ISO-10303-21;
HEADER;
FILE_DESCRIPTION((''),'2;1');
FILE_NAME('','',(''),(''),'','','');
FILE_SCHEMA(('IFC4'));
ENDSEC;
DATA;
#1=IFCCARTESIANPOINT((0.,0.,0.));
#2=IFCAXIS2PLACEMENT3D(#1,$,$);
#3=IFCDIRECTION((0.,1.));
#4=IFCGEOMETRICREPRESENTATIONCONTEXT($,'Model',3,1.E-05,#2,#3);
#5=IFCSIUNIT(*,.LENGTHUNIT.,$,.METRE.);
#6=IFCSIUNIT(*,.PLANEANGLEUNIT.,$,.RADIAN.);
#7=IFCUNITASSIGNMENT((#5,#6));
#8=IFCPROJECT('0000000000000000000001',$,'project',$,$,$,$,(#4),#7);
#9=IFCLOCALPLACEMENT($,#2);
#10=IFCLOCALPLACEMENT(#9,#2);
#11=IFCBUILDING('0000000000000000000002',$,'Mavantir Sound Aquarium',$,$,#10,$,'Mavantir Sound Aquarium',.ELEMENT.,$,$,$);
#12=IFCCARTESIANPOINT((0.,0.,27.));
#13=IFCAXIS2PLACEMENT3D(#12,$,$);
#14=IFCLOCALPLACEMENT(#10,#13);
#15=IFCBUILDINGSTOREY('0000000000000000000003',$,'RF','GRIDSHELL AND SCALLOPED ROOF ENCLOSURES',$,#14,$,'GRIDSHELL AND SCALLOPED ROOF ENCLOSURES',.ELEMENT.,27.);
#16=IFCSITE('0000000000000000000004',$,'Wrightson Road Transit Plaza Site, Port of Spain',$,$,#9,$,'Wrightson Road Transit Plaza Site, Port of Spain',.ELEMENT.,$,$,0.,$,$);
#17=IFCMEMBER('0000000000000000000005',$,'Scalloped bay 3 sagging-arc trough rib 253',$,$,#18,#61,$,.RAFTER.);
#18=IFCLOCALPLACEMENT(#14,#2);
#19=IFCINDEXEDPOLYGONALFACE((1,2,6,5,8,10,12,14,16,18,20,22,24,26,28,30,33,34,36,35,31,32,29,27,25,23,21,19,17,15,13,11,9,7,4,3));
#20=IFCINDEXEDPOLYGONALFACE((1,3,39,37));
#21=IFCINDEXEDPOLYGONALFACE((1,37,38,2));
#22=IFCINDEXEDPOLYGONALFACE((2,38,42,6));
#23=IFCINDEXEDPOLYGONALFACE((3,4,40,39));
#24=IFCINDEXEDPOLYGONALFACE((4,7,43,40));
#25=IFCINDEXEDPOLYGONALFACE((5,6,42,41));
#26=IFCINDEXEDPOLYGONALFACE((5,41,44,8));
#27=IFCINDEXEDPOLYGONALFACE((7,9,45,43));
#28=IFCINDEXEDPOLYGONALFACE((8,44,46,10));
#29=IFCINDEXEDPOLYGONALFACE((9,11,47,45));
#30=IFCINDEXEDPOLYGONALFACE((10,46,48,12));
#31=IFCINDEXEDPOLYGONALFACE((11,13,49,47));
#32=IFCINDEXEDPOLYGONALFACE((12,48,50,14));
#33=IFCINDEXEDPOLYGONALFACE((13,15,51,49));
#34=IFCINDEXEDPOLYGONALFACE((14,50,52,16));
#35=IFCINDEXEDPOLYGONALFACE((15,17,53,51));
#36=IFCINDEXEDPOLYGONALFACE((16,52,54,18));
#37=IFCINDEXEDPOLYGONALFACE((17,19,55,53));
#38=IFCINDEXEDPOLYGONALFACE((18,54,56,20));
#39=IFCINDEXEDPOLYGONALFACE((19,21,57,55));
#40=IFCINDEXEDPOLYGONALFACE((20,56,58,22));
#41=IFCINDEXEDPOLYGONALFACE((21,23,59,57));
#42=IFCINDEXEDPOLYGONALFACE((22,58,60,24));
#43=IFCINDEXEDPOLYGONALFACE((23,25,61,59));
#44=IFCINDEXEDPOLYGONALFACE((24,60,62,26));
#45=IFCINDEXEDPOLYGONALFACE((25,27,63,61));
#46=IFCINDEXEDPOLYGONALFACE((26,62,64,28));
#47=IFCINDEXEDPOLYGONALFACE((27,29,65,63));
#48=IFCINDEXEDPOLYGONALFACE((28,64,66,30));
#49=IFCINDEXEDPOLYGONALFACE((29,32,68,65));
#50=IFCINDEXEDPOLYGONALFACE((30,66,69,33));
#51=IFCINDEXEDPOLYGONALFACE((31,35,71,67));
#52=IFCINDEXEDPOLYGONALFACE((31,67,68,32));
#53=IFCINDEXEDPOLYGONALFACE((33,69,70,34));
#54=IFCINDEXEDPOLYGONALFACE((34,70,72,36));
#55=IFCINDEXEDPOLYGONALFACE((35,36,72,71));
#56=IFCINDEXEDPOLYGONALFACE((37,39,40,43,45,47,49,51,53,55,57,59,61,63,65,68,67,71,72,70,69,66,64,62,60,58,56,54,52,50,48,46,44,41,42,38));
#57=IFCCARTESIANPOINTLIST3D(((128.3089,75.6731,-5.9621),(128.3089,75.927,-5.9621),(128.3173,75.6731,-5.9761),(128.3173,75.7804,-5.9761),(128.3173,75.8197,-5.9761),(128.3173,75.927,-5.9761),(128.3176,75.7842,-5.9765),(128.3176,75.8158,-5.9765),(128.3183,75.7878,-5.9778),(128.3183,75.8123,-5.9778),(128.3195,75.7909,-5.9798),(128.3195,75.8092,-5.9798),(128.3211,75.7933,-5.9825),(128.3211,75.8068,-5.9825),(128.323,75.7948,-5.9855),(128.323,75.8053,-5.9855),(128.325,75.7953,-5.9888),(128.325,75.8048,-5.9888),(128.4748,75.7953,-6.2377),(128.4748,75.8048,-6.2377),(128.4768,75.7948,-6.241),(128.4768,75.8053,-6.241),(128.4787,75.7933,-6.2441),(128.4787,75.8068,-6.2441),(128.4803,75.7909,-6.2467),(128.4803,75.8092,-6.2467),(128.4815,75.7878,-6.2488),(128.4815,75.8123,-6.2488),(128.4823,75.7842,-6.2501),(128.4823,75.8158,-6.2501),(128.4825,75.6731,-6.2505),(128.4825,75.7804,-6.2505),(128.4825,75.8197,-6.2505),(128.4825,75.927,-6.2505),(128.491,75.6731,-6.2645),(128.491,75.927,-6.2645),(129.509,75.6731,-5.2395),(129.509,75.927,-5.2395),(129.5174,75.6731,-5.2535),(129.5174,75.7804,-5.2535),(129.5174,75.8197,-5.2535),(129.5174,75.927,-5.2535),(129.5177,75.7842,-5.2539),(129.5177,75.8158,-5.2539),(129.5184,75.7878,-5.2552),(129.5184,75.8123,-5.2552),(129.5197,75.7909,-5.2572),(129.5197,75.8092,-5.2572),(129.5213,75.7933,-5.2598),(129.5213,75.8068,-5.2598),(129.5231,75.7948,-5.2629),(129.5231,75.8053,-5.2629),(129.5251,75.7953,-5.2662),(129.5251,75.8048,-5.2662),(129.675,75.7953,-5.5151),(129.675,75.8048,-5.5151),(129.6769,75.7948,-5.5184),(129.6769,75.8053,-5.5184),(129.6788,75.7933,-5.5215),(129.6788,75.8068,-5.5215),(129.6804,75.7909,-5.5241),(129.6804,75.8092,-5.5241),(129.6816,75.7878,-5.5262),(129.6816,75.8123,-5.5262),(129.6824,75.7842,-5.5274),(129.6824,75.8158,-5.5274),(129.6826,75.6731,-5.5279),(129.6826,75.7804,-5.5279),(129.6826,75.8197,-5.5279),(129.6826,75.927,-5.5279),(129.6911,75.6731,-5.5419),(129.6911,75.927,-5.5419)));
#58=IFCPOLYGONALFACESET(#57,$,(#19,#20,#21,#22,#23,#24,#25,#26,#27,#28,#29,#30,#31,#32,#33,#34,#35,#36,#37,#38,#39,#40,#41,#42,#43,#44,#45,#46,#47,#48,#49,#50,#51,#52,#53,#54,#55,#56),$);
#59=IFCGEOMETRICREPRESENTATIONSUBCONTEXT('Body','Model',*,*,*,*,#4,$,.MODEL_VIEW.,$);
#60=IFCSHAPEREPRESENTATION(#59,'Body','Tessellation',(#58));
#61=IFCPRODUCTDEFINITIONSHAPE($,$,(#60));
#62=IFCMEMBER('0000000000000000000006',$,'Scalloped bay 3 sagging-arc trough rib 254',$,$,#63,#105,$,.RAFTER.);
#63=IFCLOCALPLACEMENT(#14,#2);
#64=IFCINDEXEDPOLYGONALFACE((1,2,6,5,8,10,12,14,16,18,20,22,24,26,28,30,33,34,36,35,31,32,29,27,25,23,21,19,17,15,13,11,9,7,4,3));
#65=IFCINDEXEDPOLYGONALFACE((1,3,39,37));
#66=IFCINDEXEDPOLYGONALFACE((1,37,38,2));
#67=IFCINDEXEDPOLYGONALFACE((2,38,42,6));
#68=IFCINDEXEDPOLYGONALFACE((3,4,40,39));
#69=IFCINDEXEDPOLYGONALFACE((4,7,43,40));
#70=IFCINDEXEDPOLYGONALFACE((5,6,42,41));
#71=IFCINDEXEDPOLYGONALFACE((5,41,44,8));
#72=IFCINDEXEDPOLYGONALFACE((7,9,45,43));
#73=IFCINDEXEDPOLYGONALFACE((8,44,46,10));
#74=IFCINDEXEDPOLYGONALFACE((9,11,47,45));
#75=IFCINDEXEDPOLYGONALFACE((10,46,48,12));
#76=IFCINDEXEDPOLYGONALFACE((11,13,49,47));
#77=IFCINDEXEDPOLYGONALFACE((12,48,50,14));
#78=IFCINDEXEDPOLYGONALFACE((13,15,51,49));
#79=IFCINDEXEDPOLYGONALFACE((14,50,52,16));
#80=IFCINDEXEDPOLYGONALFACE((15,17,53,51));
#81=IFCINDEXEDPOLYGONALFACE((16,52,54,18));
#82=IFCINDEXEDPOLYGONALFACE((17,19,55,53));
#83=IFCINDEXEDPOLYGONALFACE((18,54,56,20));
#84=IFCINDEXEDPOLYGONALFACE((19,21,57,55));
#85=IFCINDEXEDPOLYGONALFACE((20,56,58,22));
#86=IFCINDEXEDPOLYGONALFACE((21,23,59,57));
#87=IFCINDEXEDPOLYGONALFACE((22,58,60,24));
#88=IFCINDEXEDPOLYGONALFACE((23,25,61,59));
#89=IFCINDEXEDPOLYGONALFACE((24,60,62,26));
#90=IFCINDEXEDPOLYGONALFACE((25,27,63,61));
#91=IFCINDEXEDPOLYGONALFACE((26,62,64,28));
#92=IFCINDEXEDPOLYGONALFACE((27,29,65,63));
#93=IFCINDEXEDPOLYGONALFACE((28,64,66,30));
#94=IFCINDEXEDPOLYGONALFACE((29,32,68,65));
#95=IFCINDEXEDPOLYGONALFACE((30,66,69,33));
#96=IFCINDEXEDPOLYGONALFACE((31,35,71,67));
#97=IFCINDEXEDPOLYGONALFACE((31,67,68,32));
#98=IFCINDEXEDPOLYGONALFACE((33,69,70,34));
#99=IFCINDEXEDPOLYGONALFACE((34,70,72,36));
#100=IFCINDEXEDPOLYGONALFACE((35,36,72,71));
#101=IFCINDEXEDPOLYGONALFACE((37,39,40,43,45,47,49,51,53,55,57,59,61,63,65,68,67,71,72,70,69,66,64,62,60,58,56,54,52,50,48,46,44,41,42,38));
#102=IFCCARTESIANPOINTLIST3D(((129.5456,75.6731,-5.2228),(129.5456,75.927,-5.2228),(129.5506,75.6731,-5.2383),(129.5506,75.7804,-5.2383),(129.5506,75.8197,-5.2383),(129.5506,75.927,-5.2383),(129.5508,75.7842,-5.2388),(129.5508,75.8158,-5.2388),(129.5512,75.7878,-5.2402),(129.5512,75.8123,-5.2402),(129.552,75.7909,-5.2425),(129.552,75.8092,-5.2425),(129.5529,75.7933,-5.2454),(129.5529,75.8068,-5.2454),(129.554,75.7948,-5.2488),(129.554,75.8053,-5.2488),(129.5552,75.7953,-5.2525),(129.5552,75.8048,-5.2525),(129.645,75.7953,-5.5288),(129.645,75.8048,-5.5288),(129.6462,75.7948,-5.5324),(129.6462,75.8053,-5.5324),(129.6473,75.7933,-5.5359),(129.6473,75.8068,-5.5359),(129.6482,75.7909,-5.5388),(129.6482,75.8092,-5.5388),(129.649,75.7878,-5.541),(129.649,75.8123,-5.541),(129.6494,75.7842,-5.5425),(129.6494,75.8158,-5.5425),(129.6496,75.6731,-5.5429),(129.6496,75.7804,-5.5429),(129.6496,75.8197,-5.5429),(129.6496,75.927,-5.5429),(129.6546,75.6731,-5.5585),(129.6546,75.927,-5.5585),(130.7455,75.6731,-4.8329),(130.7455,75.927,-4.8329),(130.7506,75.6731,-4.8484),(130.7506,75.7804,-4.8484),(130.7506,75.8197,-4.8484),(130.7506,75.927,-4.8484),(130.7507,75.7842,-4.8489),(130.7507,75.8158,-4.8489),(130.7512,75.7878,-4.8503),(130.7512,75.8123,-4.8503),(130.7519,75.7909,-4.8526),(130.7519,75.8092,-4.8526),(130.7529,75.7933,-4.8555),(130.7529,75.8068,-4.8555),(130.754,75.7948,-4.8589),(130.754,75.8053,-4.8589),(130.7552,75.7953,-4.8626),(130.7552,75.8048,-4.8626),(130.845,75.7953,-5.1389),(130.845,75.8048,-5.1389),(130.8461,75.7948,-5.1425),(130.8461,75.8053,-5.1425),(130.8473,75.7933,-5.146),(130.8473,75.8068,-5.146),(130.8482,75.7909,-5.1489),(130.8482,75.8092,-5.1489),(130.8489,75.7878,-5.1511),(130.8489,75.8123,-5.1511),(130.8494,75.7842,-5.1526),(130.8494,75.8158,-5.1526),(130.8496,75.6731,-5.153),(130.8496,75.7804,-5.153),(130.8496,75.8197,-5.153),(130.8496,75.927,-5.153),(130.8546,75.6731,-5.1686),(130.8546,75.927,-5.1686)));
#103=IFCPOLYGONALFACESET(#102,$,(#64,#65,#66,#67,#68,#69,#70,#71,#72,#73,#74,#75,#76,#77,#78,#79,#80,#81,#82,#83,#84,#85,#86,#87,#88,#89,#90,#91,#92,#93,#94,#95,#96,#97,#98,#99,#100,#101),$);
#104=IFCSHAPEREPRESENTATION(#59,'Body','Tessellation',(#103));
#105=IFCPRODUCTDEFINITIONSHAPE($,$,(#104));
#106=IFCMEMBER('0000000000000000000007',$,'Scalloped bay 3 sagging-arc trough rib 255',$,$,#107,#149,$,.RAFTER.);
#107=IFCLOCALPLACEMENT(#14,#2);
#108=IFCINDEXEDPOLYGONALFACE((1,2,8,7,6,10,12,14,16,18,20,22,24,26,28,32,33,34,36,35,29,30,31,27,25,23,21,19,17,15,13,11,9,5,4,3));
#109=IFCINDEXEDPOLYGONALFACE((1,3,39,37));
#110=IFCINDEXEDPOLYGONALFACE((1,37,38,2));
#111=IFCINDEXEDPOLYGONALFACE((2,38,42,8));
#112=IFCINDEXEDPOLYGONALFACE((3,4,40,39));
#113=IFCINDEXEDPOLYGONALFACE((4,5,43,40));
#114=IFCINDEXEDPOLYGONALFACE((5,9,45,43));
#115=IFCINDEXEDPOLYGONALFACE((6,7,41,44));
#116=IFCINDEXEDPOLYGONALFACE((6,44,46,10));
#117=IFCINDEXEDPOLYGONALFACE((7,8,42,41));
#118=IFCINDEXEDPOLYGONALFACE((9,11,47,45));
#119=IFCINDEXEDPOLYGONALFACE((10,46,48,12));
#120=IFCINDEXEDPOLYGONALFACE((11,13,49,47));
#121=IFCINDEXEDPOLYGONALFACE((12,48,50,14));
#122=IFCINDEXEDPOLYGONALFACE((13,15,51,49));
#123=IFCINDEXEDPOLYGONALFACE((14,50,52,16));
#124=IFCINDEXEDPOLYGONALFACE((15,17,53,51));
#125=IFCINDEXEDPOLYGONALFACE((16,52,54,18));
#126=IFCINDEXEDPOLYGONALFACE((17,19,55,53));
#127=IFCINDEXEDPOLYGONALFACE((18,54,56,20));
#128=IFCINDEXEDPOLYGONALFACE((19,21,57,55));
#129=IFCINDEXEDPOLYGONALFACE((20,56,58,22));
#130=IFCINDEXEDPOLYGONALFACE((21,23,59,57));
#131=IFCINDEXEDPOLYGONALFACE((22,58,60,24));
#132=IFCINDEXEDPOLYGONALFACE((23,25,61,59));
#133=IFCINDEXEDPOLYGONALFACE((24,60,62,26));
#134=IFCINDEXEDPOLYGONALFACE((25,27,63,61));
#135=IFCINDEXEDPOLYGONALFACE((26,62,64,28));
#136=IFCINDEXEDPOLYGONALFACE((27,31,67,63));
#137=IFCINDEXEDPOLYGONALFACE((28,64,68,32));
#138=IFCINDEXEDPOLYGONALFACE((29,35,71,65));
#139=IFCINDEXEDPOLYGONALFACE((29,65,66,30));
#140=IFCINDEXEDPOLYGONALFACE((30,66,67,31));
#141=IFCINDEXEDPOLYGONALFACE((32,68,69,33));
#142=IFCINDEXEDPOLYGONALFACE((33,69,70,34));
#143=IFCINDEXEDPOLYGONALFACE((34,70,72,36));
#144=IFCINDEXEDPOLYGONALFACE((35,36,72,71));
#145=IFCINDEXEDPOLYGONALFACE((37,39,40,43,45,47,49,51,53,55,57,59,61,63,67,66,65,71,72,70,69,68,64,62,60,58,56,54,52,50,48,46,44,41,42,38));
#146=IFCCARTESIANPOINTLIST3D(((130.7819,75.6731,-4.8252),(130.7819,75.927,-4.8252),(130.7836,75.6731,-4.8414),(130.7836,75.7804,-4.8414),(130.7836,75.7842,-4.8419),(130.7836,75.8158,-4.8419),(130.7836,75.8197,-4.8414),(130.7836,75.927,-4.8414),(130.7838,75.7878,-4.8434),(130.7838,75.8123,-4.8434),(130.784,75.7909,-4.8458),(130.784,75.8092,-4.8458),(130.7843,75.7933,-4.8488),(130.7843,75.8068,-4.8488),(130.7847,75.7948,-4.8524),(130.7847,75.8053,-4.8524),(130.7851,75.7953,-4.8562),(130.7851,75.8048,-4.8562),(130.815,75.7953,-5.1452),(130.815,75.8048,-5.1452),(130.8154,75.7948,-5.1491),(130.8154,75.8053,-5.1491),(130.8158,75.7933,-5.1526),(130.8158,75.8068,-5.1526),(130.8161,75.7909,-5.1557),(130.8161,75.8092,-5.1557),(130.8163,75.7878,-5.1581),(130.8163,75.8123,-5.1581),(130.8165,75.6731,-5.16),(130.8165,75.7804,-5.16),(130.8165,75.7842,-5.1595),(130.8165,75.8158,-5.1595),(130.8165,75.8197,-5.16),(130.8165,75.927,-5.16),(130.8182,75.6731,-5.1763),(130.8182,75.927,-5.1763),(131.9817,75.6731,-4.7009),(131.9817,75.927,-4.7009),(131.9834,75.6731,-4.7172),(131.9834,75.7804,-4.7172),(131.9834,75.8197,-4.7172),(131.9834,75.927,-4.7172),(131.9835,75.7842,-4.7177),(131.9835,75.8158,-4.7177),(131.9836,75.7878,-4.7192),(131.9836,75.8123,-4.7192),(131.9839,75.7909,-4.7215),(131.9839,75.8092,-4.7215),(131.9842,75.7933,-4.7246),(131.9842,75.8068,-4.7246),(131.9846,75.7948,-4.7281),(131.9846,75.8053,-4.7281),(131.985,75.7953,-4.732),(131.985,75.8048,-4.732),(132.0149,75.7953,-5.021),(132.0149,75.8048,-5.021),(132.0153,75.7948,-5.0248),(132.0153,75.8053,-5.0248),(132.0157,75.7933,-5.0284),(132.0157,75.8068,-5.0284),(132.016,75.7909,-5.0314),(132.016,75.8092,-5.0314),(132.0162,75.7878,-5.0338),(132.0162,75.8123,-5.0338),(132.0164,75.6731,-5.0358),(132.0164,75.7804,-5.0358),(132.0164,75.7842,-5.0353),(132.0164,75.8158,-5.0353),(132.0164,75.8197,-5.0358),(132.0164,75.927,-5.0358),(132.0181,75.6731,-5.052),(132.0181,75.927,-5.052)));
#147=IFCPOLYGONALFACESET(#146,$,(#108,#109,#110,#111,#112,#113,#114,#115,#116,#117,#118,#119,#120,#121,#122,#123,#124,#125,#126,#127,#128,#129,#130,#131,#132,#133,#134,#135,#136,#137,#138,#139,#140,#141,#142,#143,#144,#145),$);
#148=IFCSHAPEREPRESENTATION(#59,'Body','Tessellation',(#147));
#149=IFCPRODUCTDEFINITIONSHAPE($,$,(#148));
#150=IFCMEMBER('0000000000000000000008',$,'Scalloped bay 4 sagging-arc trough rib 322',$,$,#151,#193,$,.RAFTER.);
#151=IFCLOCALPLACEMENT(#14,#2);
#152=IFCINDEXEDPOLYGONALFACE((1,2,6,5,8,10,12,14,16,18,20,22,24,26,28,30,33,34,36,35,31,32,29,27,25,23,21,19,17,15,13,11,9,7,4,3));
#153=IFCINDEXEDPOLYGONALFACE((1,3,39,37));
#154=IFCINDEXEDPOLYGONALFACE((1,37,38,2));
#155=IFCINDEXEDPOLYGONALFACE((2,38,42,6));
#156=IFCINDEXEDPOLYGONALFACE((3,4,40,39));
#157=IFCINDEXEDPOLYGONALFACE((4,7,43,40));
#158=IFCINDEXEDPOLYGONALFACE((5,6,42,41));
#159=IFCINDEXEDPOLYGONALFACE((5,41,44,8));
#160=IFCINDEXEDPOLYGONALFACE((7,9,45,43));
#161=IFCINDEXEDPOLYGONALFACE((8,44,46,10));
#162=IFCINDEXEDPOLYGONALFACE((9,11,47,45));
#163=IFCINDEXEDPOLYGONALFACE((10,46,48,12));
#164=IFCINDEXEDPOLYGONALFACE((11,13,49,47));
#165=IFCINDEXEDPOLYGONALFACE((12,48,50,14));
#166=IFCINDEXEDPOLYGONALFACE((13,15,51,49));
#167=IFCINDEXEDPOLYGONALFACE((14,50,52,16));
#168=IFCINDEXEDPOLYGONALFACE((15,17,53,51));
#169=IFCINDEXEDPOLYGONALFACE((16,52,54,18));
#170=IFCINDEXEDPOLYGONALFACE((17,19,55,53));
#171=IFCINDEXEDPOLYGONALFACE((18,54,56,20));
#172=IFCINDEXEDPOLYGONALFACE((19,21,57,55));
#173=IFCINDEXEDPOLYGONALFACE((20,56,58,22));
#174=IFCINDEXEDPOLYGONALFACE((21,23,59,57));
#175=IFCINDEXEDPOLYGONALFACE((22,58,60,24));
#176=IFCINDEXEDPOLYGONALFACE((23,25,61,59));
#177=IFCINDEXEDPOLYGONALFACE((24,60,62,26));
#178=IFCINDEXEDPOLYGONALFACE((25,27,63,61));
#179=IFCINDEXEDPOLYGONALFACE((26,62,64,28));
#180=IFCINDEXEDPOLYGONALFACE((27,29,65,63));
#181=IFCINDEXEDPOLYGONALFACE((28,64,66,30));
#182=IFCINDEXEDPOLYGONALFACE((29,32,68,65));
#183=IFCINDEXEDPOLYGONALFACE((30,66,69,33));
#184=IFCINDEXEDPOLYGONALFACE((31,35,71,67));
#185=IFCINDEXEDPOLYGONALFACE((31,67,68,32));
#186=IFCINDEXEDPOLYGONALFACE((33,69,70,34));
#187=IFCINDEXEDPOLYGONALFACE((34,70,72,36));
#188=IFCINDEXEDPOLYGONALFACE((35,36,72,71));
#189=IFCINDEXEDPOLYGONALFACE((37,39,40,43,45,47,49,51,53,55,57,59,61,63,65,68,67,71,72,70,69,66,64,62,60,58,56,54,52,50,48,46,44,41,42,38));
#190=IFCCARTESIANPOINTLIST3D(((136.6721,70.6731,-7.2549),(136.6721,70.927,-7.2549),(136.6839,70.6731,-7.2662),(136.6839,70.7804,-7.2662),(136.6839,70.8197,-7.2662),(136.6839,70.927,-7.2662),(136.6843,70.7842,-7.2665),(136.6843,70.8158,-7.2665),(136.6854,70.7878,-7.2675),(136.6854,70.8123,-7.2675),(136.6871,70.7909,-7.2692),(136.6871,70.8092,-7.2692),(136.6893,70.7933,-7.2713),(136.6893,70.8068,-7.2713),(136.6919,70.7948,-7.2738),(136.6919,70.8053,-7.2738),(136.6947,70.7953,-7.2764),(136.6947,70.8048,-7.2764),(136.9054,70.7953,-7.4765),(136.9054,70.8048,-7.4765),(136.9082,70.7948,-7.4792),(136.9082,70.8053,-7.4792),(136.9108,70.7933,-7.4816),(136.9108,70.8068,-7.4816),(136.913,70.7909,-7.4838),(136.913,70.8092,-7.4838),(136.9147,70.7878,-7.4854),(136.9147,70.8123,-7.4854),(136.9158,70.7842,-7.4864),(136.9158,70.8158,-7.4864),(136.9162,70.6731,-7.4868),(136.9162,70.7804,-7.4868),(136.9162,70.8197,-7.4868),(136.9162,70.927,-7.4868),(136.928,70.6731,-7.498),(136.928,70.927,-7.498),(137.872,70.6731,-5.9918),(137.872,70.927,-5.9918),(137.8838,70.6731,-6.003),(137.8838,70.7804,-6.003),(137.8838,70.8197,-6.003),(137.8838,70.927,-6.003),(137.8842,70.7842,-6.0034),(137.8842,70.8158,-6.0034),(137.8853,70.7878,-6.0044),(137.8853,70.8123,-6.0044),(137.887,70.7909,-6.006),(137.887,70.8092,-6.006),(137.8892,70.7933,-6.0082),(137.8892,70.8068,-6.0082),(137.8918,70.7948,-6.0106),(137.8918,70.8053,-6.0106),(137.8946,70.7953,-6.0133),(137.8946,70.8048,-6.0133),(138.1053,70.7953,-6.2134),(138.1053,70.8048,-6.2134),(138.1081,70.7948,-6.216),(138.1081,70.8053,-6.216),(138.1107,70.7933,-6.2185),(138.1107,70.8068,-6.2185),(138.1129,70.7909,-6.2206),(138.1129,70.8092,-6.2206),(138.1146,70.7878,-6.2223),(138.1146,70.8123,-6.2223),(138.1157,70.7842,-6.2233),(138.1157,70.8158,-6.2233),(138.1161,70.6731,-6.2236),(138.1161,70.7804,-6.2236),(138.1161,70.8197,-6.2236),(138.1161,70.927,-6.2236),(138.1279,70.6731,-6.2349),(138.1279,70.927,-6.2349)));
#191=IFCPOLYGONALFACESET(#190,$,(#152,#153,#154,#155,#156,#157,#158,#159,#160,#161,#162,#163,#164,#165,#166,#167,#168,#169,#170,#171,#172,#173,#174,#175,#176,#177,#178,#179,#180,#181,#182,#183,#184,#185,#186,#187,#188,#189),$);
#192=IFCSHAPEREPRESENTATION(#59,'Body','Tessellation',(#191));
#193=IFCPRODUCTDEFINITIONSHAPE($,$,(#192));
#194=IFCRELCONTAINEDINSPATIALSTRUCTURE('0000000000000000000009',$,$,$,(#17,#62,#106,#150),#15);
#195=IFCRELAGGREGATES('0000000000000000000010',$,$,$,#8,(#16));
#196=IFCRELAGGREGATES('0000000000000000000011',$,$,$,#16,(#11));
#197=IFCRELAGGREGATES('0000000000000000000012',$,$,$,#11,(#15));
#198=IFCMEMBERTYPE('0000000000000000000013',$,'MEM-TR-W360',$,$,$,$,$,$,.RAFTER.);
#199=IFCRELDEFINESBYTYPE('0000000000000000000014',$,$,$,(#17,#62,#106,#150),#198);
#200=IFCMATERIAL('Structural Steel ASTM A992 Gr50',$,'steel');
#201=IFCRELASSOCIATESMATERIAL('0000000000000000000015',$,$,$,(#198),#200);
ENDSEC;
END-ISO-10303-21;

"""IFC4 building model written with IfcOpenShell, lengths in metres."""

from ifc_helpers import new_model, si_unit, direction, frame, origin, origin_2d, place, context, subcontext, project, spatial, i_section, extrude, material, material_profile, profile_set, type_object, element, save


model = new_model("IFC4")

# Units and contexts
model_context = context("Model", 3, precision=1e-05, world=origin(), true_north=direction((0.0, 1.0)))
body_context = subcontext(model_context, "Body", "Model", "MODEL_VIEW")
ifc_project = project(units=[si_unit("LENGTHUNIT", "METRE"), si_unit("PLANEANGLEUNIT", "RADIAN")], contexts=[model_context])

# Site, building, storey
site_placement = place(None, origin())
site = spatial("IfcSite", under=ifc_project, at=site_placement, Name="Wrightson Road Transit Plaza Site, Port of Spain", LongName="Wrightson Road Transit Plaza Site, Port of Spain", CompositionType="ELEMENT", RefElevation=0.0)
building_placement = place(site_placement, origin())
building = spatial("IfcBuilding", under=site, at=building_placement, Name="Mavantir Sound Aquarium", LongName="Mavantir Sound Aquarium", CompositionType="ELEMENT")
storey_placement = place(building_placement, frame((0.0, 0.0, 27.0)))
storey = spatial("IfcBuildingStorey", under=building, at=storey_placement, Name="RF", Description="GRIDSHELL AND SCALLOPED ROOF ENCLOSURES", LongName="GRIDSHELL AND SCALLOPED ROOF ENCLOSURES", CompositionType="ELEMENT", Elevation=27.0)

# Shared definitions
ifc_material_1 = material(Name="Structural Steel ASTM A992 Gr50", Category="steel")

# Members
ifc_material_profile_1 = material_profile(ifc_material_1, i_section(OverallWidth=0.2539, OverallDepth=0.353, WebThickness=0.0095, FlangeThickness=0.0164, FilletRadius=0.0149, at=origin_2d()), Name="W360X91")
ifc_profile_set_1 = profile_set([ifc_material_profile_1], Name="Structural Steel ASTM A992 Gr50")
member_type_1 = type_object("IfcMemberType", Name="MEM-TR-W360", PredefinedType="RAFTER", material=ifc_profile_set_1)
member_1_placement = place(storey_placement, frame((128.3999, 75.8, -6.1133), z_axis=(0.856692, 0.0, 0.515828), x_axis=(0.0, 1.0, 0.0)))
element("IfcMember", 1, at=member_1_placement, inside=storey, type_object=member_type_1, Name="Scalloped bay 3 sagging-arc trough rib 253", PredefinedType="RAFTER", context=body_context, shape_type="SweptSolid", body=[
    extrude(i_section(OverallWidth=0.2539, OverallDepth=0.353, WebThickness=0.0095, FlangeThickness=0.0164, FilletRadius=0.0149, at=origin_2d()), origin(), (0.0, 0.0, 1.0), 1.4009),
])
member_2_placement = place(storey_placement, frame((129.6001, 75.8, -5.3906), z_axis=(0.951055, 0.0, 0.30902), x_axis=(0.0, 1.0, 0.0)))
element("IfcMember", 2, at=member_2_placement, inside=storey, type_object=member_type_1, Name="Scalloped bay 3 sagging-arc trough rib 254", PredefinedType="RAFTER", context=body_context, shape_type="SweptSolid", body=[
    extrude(i_section(OverallWidth=0.2539, OverallDepth=0.353, WebThickness=0.0095, FlangeThickness=0.0164, FilletRadius=0.0149, at=origin_2d()), origin(), (0.0, 0.0, 1.0), 1.2617),
])
member_3_placement = place(storey_placement, frame((130.8, 75.8, -5.0007), z_axis=(0.99468, 0.0, 0.10301), x_axis=(0.0, 1.0, 0.0)))
element("IfcMember", 3, at=member_3_placement, inside=storey, type_object=member_type_1, Name="Scalloped bay 3 sagging-arc trough rib 255", PredefinedType="RAFTER", context=body_context, shape_type="SweptSolid", body=[
    extrude(i_section(OverallWidth=0.2539, OverallDepth=0.353, WebThickness=0.0095, FlangeThickness=0.0164, FilletRadius=0.0149, at=origin_2d()), origin(), (0.0, 0.0, 1.0), 1.2063),
])
member_4_placement = place(storey_placement, frame((136.8, 70.8, -7.3765), z_axis=(0.688727, 0.0, 0.72502), x_axis=(0.0, 1.0, 0.0)))
element("IfcMember", 4, at=member_4_placement, inside=storey, type_object=member_type_1, Name="Scalloped bay 4 sagging-arc trough rib 322", PredefinedType="RAFTER", context=body_context, shape_type="SweptSolid", body=[
    extrude(i_section(OverallWidth=0.2539, OverallDepth=0.353, WebThickness=0.0095, FlangeThickness=0.0164, FilletRadius=0.0149, at=origin_2d()), origin(), (0.0, 0.0, 1.0), 1.7422),
])

save(model, "model.ifc")
